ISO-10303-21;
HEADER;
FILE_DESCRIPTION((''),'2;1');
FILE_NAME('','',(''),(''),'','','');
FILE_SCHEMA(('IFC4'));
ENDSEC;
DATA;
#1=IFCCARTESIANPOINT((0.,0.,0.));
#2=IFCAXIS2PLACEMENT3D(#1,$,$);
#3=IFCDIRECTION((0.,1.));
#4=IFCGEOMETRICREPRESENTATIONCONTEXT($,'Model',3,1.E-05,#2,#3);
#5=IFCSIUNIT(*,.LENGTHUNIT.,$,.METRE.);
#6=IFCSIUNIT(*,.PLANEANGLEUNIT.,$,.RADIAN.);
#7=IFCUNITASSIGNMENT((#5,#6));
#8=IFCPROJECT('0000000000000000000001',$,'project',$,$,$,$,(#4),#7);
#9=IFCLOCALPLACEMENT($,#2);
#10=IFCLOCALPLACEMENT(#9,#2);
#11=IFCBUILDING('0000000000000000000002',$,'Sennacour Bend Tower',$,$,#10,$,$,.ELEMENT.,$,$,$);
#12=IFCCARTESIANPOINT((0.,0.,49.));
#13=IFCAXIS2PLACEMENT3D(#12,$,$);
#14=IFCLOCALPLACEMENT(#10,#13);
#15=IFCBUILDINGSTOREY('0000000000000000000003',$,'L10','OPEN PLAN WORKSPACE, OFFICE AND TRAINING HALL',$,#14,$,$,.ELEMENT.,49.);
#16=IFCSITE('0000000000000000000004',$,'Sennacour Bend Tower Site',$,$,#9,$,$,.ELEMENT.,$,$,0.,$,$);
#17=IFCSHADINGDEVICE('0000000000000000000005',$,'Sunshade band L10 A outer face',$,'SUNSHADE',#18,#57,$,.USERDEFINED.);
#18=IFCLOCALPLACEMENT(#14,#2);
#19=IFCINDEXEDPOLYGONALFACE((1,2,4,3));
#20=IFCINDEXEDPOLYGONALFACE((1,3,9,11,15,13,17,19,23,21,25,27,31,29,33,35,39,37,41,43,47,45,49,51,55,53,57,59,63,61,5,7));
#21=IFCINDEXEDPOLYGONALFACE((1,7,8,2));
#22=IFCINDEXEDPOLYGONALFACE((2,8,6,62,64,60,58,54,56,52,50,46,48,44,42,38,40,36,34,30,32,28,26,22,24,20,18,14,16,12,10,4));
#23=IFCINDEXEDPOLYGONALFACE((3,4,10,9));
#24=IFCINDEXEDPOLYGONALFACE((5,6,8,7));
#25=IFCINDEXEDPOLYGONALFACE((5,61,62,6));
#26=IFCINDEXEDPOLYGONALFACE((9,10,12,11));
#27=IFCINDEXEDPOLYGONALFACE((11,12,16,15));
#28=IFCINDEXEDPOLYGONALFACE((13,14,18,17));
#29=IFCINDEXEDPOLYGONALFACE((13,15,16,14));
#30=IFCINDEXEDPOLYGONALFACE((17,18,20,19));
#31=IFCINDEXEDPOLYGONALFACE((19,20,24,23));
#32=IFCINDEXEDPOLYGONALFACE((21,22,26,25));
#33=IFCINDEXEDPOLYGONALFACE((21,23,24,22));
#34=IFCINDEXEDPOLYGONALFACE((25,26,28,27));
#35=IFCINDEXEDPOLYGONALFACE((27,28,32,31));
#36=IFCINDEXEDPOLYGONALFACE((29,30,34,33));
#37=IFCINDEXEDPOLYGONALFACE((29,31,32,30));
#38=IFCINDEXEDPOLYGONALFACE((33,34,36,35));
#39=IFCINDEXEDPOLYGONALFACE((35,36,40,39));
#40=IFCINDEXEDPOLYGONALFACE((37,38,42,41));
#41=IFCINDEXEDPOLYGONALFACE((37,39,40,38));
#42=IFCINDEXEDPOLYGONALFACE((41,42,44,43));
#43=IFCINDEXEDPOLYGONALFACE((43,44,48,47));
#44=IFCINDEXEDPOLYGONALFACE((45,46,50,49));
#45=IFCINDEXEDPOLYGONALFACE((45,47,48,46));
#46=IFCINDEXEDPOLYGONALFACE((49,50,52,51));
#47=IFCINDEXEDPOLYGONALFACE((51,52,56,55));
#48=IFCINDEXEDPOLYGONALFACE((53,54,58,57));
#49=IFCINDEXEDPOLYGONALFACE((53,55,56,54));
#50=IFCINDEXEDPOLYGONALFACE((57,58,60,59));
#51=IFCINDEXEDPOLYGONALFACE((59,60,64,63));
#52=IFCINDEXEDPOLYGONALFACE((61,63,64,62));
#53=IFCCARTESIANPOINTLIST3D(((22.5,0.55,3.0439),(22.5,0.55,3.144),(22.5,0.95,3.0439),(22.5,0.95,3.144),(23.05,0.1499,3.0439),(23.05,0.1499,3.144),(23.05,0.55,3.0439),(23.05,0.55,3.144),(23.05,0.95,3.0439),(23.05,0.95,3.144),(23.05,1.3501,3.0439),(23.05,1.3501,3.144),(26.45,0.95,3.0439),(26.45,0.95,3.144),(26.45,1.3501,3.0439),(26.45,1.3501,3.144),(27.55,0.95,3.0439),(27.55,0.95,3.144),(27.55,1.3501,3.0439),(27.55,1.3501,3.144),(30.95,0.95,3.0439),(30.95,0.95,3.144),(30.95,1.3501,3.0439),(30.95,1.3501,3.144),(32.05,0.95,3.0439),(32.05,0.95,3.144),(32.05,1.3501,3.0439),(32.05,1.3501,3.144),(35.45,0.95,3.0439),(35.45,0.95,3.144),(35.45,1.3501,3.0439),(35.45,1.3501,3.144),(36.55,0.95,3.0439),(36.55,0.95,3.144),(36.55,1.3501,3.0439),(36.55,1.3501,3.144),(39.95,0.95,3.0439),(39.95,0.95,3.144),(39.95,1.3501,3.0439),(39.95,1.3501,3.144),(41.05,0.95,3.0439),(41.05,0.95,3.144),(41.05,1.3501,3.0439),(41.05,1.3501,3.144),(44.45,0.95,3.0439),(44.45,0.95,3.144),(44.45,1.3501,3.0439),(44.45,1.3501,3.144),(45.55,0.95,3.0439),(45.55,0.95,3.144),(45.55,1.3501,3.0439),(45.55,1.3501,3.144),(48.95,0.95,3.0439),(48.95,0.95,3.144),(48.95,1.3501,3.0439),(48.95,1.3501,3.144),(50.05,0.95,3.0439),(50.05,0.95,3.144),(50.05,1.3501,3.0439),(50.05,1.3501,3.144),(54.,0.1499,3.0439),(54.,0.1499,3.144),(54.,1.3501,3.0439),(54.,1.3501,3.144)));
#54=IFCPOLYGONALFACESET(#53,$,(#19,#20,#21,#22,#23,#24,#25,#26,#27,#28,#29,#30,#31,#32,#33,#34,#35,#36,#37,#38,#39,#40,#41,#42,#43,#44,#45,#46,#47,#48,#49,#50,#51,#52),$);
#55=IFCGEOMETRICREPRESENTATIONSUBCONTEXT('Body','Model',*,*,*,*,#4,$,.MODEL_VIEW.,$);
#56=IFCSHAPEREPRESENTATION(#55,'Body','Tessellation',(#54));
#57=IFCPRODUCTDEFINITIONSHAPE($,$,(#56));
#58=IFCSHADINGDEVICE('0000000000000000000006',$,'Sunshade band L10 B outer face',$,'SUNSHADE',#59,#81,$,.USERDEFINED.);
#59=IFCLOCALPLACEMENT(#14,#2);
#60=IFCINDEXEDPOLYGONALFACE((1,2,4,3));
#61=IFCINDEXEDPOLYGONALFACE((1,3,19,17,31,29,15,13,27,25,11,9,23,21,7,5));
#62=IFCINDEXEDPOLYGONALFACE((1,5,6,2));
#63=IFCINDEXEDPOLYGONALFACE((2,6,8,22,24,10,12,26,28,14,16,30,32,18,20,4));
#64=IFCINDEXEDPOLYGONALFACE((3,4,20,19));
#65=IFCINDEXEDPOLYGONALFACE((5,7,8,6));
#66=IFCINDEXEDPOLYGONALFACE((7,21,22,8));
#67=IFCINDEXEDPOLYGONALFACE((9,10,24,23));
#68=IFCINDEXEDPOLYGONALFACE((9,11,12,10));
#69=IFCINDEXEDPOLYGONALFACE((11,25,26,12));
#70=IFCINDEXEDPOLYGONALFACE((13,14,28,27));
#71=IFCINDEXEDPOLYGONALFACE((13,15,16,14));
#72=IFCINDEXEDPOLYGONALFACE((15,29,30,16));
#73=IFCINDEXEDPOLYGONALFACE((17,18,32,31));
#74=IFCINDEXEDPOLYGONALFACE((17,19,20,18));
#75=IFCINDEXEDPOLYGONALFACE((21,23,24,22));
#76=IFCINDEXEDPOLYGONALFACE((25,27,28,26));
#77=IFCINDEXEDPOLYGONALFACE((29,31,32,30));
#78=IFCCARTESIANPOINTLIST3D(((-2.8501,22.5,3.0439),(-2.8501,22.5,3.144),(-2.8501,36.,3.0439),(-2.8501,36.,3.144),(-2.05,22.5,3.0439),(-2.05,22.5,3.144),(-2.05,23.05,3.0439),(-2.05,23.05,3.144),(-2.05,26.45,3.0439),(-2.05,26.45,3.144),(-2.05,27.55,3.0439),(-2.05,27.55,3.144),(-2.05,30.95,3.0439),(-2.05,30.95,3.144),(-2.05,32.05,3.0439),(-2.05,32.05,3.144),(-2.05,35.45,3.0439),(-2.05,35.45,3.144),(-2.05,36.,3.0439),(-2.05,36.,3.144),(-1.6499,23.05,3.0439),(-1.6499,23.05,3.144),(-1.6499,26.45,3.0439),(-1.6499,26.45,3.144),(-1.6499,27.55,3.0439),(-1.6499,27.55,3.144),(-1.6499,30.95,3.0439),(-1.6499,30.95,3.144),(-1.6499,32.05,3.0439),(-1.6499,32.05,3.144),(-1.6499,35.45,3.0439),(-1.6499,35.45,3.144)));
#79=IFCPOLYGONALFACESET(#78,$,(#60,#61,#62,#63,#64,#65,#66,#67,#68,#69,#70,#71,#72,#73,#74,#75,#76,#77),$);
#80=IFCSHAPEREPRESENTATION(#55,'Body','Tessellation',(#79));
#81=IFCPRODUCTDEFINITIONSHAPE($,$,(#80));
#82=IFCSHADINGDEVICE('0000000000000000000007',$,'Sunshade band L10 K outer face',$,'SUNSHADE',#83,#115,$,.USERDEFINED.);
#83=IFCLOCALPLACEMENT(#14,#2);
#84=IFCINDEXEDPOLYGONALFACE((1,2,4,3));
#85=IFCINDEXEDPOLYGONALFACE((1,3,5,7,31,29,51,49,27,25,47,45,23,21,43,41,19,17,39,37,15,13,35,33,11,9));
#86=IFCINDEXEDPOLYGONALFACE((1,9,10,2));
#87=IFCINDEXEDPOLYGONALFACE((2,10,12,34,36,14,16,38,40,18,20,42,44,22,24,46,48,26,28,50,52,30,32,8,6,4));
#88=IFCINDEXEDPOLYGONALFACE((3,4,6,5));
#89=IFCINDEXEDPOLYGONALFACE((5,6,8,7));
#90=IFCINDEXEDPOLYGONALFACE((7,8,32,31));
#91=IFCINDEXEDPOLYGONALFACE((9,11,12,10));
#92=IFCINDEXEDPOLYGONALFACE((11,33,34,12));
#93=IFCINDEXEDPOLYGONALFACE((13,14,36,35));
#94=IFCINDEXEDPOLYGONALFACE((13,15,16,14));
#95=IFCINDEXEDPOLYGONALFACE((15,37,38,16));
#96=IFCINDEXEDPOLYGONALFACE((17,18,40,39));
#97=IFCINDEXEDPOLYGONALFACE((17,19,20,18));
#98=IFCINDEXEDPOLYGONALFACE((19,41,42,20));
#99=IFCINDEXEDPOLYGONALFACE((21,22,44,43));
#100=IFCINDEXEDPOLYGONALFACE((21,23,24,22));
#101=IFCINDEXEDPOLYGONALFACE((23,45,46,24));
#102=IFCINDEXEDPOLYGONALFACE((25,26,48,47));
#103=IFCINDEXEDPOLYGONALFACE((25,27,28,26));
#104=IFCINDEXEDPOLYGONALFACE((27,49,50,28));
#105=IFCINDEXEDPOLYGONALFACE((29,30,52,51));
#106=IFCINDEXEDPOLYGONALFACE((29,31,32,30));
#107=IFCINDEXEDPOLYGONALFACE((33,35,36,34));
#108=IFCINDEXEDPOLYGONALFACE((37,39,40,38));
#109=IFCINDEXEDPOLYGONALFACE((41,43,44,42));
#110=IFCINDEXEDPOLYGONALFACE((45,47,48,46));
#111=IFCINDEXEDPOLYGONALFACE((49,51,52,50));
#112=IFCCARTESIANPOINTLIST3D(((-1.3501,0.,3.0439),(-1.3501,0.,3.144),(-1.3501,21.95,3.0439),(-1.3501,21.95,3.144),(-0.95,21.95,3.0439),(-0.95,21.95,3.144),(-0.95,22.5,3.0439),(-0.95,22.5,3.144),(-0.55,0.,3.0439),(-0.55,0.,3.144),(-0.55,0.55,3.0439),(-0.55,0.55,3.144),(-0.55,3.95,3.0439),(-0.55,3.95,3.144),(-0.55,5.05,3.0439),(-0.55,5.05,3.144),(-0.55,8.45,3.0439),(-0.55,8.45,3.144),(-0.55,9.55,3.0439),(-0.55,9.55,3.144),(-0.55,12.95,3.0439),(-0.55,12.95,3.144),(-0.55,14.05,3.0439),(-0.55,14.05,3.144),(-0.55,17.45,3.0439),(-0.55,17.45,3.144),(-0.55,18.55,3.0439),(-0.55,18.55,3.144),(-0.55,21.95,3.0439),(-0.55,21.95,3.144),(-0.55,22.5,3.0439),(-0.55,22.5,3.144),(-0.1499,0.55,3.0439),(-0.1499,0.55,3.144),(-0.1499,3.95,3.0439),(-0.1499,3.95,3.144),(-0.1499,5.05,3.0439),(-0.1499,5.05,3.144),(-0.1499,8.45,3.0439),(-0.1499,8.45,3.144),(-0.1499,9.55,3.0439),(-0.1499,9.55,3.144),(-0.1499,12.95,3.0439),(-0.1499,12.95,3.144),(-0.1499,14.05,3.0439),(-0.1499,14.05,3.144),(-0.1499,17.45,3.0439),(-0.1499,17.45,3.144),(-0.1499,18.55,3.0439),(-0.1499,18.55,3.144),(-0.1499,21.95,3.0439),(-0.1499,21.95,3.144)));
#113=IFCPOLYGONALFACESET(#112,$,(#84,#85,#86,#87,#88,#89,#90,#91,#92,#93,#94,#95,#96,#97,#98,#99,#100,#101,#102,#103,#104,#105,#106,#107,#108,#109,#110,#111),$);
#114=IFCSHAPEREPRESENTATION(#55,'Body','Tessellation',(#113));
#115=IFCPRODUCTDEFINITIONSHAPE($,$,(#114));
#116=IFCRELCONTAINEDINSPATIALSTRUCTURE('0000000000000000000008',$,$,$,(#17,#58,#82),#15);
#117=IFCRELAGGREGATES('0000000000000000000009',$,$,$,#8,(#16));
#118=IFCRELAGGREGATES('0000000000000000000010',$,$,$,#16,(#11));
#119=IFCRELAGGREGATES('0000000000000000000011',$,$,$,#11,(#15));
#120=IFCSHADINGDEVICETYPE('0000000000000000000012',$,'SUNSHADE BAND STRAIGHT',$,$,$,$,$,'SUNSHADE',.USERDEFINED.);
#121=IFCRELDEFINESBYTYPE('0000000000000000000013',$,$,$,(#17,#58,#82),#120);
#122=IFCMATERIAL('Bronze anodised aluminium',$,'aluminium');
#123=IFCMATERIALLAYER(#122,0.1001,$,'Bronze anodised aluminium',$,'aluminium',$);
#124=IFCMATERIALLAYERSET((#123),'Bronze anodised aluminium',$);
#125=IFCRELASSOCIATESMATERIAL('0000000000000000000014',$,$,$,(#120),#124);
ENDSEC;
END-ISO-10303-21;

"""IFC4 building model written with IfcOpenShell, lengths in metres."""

from ifc_helpers import new_model, si_unit, direction, frame, origin, place, context, subcontext, project, spatial, polyline, outline, extrude, material, layer, layer_set, type_object, element, save


model = new_model("IFC4")

# Units and contexts
model_context = context("Model", 3, precision=1e-05, world=origin(), true_north=direction((0.0, 1.0)))
body_context = subcontext(model_context, "Body", "Model", "MODEL_VIEW")
ifc_project = project(units=[si_unit("LENGTHUNIT", "METRE"), si_unit("PLANEANGLEUNIT", "RADIAN")], contexts=[model_context])

# Site, building, storey
site_placement = place(None, origin())
site = spatial("IfcSite", under=ifc_project, at=site_placement, Name="Sennacour Bend Tower Site", CompositionType="ELEMENT", RefElevation=0.0)
building_placement = place(site_placement, origin())
building = spatial("IfcBuilding", under=site, at=building_placement, Name="Sennacour Bend Tower", CompositionType="ELEMENT")
storey_placement = place(building_placement, frame((0.0, 0.0, 49.0)))
storey = spatial("IfcBuildingStorey", under=building, at=storey_placement, Name="L10", Description="OPEN PLAN WORKSPACE, OFFICE AND TRAINING HALL", CompositionType="ELEMENT", Elevation=49.0)

# Shading devices
ifc_material_1 = material(Name="Bronze anodised aluminium", Category="aluminium")
ifc_layer_1 = layer(ifc_material_1, 0.1001, Name="Bronze anodised aluminium", Category="aluminium")
ifc_layer_set_1 = layer_set([ifc_layer_1], Name="Bronze anodised aluminium")
shading_device_type_1 = type_object("IfcShadingDeviceType", Name="SUNSHADE BAND STRAIGHT", ElementType="SUNSHADE", PredefinedType="USERDEFINED", material=ifc_layer_set_1)
shading_device_1_placement = place(storey_placement, frame((0.0, 0.0, 3.0439)))
element("IfcShadingDevice", 1, at=shading_device_1_placement, inside=storey, type_object=shading_device_type_1, Name="Sunshade band L10 A outer face", ObjectType="SUNSHADE", PredefinedType="USERDEFINED", context=body_context, shape_type="SweptSolid", body=[
    extrude(outline(polyline([(26.45, 1.3501), (26.45, 0.95), (27.55, 0.95), (27.55, 1.3501), (30.95, 1.3501), (30.95, 0.95), (32.05, 0.95), (32.05, 1.3501), (35.45, 1.3501), (35.45, 0.95), (36.55, 0.95), (36.55, 1.3501), (39.95, 1.3501), (39.95, 0.95), (41.05, 0.95), (41.05, 1.3501), (44.45, 1.3501), (44.45, 0.95), (45.55, 0.95), (45.55, 1.3501), (48.95, 1.3501), (48.95, 0.95), (50.05, 0.95), (50.05, 1.3501), (54.0, 1.3501), (54.0, 0.1499), (23.05, 0.1499), (23.05, 0.55), (22.5, 0.55), (22.5, 0.95), (23.05, 0.95), (23.05, 1.3501), (26.45, 1.3501)])), origin(), (0.0, 0.0, 1.0), 0.1001),
])
shading_device_2_placement = place(storey_placement, frame((0.0, 0.0, 3.0439)))
element("IfcShadingDevice", 2, at=shading_device_2_placement, inside=storey, type_object=shading_device_type_1, Name="Sunshade band L10 B outer face", ObjectType="SUNSHADE", PredefinedType="USERDEFINED", context=body_context, shape_type="SweptSolid", body=[
    extrude(outline(polyline([(-1.6499, 32.05), (-2.05, 32.05), (-2.05, 30.95), (-1.6499, 30.95), (-1.6499, 27.55), (-2.05, 27.55), (-2.05, 26.45), (-1.6499, 26.45), (-1.6499, 23.05), (-2.05, 23.05), (-2.05, 22.5), (-2.8501, 22.5), (-2.8501, 36.0), (-2.05, 36.0), (-2.05, 35.45), (-1.6499, 35.45), (-1.6499, 32.05)])), origin(), (0.0, 0.0, 1.0), 0.1001),
])
shading_device_3_placement = place(storey_placement, frame((0.0, 0.0, 3.0439)))
element("IfcShadingDevice", 3, at=shading_device_3_placement, inside=storey, type_object=shading_device_type_1, Name="Sunshade band L10 K outer face", ObjectType="SUNSHADE", PredefinedType="USERDEFINED", context=body_context, shape_type="SweptSolid", body=[
    extrude(outline(polyline([(-0.1499, 18.55), (-0.55, 18.55), (-0.55, 17.45), (-0.1499, 17.45), (-0.1499, 14.05), (-0.55, 14.05), (-0.55, 12.95), (-0.1499, 12.95), (-0.1499, 9.55), (-0.55, 9.55), (-0.55, 8.45), (-0.1499, 8.45), (-0.1499, 5.05), (-0.55, 5.05), (-0.55, 3.95), (-0.1499, 3.95), (-0.1499, 0.55), (-0.55, 0.55), (-0.55, 0.0), (-1.3501, 0.0), (-1.3501, 21.95), (-0.95, 21.95), (-0.95, 22.5), (-0.55, 22.5), (-0.55, 21.95), (-0.1499, 21.95), (-0.1499, 18.55)])), origin(), (0.0, 0.0, 1.0), 0.1001),
])

save(model, "model.ifc")
